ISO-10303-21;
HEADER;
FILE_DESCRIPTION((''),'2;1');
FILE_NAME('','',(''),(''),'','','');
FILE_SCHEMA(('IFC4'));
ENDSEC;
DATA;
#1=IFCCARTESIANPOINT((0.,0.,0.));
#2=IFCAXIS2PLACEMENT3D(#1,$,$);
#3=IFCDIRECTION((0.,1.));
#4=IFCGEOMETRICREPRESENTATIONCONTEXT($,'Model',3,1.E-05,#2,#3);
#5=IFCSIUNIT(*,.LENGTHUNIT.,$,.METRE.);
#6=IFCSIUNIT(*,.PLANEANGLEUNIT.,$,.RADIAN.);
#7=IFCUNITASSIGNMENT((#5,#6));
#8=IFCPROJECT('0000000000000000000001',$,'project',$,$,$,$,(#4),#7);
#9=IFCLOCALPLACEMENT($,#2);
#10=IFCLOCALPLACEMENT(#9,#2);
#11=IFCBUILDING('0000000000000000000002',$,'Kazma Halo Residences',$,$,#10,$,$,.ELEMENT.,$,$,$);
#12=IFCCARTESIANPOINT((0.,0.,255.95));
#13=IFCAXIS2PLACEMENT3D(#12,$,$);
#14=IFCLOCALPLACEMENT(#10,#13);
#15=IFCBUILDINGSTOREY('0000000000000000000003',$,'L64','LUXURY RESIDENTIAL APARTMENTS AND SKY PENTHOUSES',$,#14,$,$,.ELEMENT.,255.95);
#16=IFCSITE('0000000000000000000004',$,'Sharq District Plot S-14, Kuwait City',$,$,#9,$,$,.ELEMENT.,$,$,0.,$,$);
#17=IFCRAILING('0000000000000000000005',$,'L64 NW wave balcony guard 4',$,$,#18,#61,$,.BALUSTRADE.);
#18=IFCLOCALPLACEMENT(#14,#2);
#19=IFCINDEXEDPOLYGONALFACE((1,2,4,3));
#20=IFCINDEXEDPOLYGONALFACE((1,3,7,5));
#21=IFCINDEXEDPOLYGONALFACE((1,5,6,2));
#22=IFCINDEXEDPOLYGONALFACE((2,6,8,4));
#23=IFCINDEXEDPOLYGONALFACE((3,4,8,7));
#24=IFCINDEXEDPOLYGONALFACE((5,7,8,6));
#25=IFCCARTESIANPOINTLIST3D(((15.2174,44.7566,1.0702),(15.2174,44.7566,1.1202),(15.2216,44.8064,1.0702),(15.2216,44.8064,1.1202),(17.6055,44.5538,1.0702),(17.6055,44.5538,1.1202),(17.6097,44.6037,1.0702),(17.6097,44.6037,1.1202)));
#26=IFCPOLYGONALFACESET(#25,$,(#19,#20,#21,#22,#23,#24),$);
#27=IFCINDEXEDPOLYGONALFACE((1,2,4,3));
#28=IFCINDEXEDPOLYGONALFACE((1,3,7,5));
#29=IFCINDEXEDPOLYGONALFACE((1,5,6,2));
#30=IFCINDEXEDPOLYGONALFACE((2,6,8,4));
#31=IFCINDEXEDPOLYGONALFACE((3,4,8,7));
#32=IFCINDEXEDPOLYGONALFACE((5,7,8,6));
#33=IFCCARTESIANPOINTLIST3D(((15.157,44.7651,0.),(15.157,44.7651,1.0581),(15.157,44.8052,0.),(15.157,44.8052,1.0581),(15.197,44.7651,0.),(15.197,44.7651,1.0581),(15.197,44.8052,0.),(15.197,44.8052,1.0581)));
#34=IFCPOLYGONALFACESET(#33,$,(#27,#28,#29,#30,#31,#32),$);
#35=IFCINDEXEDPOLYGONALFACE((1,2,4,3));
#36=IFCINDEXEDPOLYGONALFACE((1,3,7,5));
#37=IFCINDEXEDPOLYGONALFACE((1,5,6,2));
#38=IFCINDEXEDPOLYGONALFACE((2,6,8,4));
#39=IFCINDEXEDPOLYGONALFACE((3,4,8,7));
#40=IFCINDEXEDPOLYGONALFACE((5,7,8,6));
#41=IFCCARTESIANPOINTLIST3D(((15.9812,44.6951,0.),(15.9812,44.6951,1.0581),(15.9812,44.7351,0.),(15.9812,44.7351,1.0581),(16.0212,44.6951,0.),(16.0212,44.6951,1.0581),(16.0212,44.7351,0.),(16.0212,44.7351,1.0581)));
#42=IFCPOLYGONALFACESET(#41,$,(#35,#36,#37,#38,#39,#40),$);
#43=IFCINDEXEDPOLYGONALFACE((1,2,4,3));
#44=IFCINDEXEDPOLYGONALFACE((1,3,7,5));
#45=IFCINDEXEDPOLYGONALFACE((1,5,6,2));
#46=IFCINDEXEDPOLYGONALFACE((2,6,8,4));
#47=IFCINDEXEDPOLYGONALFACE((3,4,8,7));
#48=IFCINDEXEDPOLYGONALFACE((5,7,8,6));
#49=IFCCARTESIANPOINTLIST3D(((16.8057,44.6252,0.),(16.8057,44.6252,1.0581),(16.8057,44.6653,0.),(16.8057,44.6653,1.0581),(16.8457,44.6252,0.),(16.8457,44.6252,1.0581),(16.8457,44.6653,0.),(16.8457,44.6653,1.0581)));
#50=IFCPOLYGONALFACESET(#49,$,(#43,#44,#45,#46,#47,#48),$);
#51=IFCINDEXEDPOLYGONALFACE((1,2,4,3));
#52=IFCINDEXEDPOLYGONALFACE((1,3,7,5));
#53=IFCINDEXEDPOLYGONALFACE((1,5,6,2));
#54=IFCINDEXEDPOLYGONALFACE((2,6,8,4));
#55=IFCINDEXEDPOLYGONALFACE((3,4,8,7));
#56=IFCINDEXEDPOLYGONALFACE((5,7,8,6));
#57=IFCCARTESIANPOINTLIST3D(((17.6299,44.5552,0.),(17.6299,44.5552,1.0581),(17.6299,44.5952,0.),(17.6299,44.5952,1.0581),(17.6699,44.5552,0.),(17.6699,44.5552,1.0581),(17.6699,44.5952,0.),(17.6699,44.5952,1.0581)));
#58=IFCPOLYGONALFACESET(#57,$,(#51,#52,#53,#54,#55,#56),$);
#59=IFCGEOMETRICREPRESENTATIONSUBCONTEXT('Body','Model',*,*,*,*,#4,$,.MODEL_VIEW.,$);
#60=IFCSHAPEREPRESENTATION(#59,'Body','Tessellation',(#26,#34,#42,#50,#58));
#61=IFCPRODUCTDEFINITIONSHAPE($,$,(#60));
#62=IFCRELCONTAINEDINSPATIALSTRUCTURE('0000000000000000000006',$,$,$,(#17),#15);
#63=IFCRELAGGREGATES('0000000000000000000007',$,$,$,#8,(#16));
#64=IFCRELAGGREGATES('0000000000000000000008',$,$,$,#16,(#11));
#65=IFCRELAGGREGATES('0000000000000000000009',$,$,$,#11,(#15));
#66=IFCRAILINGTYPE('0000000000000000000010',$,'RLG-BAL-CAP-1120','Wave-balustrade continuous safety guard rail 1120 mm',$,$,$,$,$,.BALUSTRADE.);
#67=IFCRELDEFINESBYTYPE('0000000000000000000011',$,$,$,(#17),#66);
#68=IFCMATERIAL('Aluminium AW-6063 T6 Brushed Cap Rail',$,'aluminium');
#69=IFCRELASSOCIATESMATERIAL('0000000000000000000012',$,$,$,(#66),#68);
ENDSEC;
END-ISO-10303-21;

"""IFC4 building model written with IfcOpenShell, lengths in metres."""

from ifc_helpers import new_model, si_unit, direction, frame, origin, origin_2d, place, context, subcontext, project, spatial, rectangle, extrude, material, type_object, element, save


model = new_model("IFC4")

# Units and contexts
model_context = context("Model", 3, precision=1e-05, world=origin(), true_north=direction((0.0, 1.0)))
body_context = subcontext(model_context, "Body", "Model", "MODEL_VIEW")
ifc_project = project(units=[si_unit("LENGTHUNIT", "METRE"), si_unit("PLANEANGLEUNIT", "RADIAN")], contexts=[model_context])

# Site, building, storey
site_placement = place(None, origin())
site = spatial("IfcSite", under=ifc_project, at=site_placement, Name="Sharq District Plot S-14, Kuwait City", CompositionType="ELEMENT", RefElevation=0.0)
building_placement = place(site_placement, origin())
building = spatial("IfcBuilding", under=site, at=building_placement, Name="Kazma Halo Residences", CompositionType="ELEMENT")
storey_placement = place(building_placement, frame((0.0, 0.0, 255.95)))
storey = spatial("IfcBuildingStorey", under=building, at=storey_placement, Name="L64", Description="LUXURY RESIDENTIAL APARTMENTS AND SKY PENTHOUSES", CompositionType="ELEMENT", Elevation=255.95)

# Railing
ifc_material_1 = material(Name="Aluminium AW-6063 T6 Brushed Cap Rail", Category="aluminium")
railing_type = type_object("IfcRailingType", Name="RLG-BAL-CAP-1120", Description="Wave-balustrade continuous safety guard rail 1120 mm", PredefinedType="BALUSTRADE", material=ifc_material_1)
railing_placement = place(storey_placement, frame((15.177, 44.7852, 0.0)))
element("IfcRailing", 1, at=railing_placement, inside=storey, type_object=railing_type, Name="L64 NW wave balcony guard 4", PredefinedType="BALUSTRADE", context=body_context, shape_type="SweptSolid", body=[
    extrude(rectangle(XDim=0.05, YDim=0.05, at=origin_2d()), frame((0.0425, -0.0037, 1.0952), z_axis=(0.996415, -0.0846, 0.0), x_axis=(0.0846, 0.996415, 0.0)), (0.0, 0.0, 1.0), 2.3967),
    extrude(rectangle(XDim=0.04, YDim=0.04, at=origin_2d()), origin(), (0.0, 0.0, 1.0), 1.0581),
    extrude(rectangle(XDim=0.04, YDim=0.04, at=origin_2d()), frame((0.8242, -0.0701, 0.0)), (0.0, 0.0, 1.0), 1.0581),
    extrude(rectangle(XDim=0.04, YDim=0.04, at=origin_2d()), frame((1.6487, -0.1399, 0.0)), (0.0, 0.0, 1.0), 1.0581),
    extrude(rectangle(XDim=0.04, YDim=0.04, at=origin_2d()), frame((2.4729, -0.21, 0.0)), (0.0, 0.0, 1.0), 1.0581),
])

save(model, "model.ifc")
